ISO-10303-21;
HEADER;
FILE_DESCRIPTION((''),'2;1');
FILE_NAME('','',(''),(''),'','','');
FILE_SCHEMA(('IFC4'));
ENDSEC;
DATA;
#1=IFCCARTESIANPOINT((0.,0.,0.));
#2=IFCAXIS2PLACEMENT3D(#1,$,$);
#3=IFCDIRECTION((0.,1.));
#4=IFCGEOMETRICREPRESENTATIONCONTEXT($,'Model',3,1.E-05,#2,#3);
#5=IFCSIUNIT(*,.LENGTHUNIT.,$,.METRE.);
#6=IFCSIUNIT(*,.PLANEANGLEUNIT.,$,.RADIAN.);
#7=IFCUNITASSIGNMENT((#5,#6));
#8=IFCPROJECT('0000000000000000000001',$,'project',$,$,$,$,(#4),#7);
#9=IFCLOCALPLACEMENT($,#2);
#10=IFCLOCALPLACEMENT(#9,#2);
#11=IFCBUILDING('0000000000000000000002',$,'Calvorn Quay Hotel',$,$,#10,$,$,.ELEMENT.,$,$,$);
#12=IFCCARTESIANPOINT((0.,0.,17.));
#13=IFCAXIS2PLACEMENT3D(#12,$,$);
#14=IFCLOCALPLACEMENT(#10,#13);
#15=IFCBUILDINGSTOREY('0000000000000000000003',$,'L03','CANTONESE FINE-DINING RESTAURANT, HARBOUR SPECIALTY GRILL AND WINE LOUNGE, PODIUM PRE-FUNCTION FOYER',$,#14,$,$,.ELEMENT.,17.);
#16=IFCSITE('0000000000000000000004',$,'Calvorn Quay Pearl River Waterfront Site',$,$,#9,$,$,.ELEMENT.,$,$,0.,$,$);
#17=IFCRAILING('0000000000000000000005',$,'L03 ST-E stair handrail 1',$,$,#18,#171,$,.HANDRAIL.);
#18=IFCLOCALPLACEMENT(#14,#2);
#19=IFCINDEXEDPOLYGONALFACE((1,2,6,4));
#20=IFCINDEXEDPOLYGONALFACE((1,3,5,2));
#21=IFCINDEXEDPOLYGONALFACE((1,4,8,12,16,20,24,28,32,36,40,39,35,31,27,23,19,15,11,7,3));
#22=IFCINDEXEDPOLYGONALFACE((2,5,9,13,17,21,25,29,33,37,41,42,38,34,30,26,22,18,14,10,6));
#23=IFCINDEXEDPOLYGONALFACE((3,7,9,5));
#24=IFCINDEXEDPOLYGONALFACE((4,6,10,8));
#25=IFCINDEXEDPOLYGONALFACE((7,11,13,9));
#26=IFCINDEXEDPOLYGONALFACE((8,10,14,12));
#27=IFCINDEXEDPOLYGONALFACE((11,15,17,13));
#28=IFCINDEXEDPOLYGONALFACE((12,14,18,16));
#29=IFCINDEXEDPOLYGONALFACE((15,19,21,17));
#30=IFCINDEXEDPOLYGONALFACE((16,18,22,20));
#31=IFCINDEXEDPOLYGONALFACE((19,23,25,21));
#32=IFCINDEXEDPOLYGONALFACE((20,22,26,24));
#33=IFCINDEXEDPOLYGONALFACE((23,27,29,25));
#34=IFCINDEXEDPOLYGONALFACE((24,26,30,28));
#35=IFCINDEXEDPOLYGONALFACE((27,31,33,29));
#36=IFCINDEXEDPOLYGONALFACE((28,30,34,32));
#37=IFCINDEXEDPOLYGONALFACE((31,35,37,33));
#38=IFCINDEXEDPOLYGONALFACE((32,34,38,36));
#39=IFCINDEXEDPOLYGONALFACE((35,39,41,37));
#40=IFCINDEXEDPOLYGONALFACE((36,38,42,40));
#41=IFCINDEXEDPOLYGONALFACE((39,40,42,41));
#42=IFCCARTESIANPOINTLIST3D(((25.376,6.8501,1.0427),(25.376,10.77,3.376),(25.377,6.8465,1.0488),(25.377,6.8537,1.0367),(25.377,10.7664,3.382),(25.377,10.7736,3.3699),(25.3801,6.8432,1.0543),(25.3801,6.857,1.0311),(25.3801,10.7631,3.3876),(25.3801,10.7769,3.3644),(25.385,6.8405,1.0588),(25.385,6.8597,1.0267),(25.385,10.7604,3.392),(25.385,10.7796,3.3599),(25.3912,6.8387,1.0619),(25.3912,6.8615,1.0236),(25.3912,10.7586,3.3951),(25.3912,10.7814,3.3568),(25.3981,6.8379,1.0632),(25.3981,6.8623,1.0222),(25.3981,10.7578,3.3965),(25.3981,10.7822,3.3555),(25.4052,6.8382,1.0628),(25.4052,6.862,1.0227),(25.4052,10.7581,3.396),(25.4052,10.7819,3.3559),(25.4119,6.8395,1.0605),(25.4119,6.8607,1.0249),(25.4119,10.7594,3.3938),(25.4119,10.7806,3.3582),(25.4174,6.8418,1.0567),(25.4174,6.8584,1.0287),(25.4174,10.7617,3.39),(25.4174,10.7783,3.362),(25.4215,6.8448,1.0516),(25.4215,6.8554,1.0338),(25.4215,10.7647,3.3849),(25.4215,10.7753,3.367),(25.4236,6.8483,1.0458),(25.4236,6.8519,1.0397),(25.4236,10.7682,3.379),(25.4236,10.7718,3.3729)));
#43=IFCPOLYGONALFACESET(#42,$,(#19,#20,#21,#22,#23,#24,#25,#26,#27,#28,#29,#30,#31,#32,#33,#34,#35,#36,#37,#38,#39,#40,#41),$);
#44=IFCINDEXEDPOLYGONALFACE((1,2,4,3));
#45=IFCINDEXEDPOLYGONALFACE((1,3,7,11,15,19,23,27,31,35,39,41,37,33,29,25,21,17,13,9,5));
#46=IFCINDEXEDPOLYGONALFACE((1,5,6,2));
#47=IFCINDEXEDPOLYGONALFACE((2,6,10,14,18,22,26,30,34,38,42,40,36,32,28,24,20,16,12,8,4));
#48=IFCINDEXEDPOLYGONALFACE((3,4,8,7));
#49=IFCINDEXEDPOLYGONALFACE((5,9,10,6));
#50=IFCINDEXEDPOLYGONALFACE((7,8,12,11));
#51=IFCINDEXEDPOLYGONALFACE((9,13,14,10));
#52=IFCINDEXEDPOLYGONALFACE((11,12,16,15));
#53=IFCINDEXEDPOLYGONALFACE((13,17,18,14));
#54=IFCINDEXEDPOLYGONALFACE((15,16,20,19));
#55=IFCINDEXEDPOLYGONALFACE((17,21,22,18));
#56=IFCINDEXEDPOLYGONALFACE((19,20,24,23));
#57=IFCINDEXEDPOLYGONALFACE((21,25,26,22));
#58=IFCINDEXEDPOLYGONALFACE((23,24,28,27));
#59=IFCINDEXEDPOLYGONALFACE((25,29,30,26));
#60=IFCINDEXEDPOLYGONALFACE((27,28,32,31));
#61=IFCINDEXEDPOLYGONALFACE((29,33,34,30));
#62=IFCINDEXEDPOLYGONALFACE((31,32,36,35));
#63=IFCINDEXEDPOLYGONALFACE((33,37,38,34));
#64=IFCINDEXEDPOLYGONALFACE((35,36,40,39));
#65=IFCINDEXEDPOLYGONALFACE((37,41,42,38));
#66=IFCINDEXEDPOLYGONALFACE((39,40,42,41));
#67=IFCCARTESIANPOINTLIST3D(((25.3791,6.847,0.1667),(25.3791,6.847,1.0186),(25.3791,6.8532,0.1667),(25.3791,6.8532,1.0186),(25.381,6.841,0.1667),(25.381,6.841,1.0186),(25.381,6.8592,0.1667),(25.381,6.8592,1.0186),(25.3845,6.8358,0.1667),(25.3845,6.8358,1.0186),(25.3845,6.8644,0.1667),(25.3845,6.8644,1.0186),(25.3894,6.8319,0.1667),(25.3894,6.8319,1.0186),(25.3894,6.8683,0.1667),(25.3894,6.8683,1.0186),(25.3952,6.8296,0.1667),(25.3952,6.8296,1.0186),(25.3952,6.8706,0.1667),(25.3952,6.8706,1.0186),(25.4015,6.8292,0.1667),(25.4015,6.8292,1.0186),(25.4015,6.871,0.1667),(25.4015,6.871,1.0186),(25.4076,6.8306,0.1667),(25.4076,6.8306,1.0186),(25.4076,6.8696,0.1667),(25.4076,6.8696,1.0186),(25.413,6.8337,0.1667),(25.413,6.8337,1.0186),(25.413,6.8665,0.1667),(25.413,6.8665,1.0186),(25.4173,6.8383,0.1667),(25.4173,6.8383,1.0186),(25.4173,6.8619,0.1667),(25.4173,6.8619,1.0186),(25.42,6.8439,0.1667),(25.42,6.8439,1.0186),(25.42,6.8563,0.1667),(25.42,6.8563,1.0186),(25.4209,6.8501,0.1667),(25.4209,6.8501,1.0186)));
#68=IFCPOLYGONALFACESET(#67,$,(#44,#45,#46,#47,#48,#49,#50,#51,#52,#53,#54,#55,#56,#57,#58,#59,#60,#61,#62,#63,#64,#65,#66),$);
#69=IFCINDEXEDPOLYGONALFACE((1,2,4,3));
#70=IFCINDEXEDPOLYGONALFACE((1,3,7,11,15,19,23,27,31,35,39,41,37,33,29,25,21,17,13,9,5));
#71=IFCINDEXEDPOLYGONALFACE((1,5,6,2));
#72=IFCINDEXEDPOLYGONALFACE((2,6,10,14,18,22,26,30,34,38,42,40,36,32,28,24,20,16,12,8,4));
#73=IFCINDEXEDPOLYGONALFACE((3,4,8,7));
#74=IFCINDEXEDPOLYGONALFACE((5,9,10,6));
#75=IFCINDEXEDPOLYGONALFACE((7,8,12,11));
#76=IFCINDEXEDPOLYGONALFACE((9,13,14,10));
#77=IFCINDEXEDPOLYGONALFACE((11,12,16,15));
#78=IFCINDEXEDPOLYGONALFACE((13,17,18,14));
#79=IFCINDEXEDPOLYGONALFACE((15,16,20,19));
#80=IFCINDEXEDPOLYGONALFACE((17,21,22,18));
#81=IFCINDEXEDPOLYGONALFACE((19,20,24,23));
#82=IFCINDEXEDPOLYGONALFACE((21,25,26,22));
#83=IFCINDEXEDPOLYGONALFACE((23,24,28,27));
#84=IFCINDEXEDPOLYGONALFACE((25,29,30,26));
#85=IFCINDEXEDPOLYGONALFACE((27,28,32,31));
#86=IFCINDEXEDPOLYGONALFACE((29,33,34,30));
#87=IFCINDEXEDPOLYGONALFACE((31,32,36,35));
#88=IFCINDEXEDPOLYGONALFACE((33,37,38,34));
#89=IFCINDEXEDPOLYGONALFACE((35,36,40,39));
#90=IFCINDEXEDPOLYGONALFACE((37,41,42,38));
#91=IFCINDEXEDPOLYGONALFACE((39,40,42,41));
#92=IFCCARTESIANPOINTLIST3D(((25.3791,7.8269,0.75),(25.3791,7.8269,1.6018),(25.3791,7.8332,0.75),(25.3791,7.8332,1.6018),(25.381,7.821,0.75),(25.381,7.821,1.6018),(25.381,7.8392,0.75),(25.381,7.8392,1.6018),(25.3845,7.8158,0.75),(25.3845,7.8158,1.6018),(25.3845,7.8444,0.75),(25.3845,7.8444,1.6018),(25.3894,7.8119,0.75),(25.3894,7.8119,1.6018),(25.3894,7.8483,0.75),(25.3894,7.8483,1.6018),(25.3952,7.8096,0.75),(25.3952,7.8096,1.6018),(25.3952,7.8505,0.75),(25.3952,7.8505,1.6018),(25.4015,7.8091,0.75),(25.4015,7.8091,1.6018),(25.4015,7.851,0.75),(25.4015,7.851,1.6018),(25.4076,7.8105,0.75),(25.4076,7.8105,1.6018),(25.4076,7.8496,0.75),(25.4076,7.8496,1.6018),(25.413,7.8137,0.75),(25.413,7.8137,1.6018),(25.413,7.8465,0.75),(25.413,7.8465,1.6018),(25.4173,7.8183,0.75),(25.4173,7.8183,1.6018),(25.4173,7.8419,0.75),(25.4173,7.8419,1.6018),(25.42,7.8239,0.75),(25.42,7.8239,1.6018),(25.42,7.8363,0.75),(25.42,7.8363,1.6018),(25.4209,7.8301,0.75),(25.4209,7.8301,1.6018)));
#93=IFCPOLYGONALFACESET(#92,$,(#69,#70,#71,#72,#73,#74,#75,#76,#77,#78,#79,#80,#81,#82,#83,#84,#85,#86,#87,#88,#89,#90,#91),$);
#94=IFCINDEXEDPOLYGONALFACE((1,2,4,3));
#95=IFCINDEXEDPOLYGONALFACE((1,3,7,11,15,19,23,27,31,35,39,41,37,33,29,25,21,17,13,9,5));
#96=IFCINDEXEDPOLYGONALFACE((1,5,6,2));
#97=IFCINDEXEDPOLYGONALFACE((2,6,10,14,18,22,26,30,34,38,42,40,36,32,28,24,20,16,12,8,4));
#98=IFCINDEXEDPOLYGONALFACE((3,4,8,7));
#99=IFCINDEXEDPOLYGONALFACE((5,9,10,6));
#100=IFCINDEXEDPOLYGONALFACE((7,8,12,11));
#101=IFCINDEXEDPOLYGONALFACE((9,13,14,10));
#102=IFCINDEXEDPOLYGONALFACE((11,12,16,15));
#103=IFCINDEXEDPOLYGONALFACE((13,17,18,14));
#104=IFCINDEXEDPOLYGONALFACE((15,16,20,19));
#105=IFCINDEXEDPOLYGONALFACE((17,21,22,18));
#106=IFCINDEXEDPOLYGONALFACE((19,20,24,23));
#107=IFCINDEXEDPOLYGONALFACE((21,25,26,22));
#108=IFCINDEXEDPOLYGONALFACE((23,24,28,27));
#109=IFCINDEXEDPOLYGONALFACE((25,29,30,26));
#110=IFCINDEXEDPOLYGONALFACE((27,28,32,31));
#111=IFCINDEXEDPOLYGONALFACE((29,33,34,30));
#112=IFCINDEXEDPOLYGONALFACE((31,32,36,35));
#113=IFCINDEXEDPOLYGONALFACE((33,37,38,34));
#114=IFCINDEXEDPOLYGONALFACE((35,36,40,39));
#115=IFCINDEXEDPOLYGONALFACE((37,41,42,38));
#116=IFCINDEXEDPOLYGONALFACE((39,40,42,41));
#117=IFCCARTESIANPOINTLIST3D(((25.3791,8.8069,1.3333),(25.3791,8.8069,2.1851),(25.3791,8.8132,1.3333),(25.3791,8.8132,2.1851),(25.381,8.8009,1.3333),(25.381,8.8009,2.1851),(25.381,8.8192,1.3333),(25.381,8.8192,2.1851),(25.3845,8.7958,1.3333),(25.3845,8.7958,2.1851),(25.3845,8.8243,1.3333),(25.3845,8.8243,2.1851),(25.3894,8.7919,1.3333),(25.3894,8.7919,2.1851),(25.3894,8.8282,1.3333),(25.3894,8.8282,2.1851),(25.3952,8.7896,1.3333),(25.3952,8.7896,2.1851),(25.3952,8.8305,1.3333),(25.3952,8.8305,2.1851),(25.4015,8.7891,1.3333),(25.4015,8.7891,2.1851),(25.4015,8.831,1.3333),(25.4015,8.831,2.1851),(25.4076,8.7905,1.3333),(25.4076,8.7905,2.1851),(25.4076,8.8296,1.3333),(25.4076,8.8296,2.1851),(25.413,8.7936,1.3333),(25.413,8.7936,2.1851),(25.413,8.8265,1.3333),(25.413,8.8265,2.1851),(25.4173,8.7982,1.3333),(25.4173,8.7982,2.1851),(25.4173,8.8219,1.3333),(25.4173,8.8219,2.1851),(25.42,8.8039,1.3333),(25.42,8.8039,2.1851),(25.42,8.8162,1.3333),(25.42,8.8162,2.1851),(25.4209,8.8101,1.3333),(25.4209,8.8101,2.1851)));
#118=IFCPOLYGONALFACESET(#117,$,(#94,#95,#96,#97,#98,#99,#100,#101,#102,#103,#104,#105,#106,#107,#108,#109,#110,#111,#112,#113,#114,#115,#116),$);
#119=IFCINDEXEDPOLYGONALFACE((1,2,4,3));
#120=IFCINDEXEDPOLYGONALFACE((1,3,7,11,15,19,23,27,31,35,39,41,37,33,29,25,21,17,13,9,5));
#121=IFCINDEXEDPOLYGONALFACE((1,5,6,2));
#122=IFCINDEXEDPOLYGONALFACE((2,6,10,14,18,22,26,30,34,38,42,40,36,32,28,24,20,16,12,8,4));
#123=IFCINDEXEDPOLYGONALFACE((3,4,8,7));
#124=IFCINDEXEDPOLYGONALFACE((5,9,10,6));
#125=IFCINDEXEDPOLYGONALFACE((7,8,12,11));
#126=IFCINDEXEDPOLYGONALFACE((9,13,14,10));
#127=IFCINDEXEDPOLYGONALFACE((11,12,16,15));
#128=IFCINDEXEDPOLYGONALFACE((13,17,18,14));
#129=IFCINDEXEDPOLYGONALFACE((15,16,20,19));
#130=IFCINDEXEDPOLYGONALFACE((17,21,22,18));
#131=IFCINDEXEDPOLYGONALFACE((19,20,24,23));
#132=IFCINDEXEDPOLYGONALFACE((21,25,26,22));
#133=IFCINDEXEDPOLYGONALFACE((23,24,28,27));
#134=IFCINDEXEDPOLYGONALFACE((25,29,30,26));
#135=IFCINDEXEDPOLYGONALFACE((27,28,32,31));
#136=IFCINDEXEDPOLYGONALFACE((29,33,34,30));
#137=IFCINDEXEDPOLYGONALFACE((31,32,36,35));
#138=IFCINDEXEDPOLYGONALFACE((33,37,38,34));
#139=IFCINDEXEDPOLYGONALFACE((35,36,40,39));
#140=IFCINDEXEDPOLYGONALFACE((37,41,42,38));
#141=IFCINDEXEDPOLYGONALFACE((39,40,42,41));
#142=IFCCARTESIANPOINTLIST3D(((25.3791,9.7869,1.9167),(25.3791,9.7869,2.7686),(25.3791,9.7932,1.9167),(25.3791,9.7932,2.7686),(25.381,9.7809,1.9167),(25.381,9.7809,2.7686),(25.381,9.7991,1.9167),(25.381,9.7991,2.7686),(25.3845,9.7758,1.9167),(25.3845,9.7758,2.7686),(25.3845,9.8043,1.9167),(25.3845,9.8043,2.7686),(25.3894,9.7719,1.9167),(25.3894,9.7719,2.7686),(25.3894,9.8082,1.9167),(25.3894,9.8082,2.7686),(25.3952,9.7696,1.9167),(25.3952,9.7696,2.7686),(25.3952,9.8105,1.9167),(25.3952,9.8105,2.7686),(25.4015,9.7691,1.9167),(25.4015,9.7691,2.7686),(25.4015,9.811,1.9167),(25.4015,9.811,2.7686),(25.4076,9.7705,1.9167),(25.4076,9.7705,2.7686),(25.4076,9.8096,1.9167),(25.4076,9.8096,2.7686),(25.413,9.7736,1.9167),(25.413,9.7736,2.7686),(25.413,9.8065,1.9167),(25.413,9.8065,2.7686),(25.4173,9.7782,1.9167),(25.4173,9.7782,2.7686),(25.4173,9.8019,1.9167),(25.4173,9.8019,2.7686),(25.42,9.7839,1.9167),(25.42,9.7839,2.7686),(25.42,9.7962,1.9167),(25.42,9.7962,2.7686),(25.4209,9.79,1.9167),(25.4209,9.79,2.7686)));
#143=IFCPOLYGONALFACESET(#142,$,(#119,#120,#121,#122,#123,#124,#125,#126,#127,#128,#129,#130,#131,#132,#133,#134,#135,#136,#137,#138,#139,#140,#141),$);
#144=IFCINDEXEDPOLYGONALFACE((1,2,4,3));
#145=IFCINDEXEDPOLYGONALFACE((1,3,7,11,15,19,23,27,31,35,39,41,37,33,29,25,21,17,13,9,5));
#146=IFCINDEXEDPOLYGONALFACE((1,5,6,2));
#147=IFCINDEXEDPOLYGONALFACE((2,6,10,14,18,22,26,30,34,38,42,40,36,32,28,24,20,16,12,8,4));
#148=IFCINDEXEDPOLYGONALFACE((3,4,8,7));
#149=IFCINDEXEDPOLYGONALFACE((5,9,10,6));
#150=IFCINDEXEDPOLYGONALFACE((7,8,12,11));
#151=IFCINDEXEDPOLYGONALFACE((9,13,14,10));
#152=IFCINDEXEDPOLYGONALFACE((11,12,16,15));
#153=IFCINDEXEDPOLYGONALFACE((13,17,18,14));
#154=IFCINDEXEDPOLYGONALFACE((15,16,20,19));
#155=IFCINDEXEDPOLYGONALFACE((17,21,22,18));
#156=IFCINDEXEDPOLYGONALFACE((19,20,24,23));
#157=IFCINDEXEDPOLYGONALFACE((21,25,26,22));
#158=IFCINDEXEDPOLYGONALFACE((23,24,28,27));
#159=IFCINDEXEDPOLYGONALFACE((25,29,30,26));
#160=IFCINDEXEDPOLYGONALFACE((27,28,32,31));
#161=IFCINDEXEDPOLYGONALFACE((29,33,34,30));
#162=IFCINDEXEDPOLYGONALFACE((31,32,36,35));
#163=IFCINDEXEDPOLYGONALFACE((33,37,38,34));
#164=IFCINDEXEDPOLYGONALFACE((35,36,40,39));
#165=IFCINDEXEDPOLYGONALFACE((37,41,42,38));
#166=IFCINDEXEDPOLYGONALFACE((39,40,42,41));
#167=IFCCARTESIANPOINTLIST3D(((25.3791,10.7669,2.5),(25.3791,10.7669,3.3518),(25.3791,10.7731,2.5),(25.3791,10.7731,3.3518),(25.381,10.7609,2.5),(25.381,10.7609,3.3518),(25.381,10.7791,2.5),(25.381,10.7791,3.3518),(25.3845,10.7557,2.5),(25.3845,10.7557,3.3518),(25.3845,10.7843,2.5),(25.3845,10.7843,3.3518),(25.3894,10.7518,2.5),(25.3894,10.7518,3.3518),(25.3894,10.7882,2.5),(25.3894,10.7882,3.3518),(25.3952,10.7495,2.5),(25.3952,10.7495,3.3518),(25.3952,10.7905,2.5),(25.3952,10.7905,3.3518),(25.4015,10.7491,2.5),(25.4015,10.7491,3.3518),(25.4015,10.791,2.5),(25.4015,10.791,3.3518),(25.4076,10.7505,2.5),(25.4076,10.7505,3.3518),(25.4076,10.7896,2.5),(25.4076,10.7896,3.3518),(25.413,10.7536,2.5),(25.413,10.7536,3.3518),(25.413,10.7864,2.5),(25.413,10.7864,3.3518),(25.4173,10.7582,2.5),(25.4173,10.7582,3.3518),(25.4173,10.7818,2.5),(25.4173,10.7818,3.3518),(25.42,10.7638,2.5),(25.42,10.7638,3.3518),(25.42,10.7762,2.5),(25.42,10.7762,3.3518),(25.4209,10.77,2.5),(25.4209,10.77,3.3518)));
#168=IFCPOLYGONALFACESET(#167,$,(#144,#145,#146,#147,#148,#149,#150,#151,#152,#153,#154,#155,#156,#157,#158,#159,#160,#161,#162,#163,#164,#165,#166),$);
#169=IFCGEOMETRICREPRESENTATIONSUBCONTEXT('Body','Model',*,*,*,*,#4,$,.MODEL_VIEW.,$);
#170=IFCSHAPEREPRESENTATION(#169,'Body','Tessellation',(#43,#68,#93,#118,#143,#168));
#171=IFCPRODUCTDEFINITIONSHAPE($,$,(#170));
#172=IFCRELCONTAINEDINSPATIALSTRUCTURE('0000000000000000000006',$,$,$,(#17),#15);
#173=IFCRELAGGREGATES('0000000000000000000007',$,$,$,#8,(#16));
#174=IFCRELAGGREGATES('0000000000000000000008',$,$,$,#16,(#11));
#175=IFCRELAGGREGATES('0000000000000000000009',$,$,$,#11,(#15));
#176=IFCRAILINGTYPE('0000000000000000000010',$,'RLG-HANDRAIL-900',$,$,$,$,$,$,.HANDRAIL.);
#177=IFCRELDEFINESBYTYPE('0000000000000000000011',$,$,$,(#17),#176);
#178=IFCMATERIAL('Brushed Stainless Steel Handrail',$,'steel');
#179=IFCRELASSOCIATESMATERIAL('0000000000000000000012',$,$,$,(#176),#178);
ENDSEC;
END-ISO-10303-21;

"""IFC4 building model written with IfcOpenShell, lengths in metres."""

from ifc_helpers import new_model, si_unit, direction, frame, origin, origin_2d, place, context, subcontext, project, spatial, circle, extrude, material, type_object, element, save


model = new_model("IFC4")

# Units and contexts
model_context = context("Model", 3, precision=1e-05, world=origin(), true_north=direction((0.0, 1.0)))
body_context = subcontext(model_context, "Body", "Model", "MODEL_VIEW")
ifc_project = project(units=[si_unit("LENGTHUNIT", "METRE"), si_unit("PLANEANGLEUNIT", "RADIAN")], contexts=[model_context])

# Site, building, storey
site_placement = place(None, origin())
site = spatial("IfcSite", under=ifc_project, at=site_placement, Name="Calvorn Quay Pearl River Waterfront Site", CompositionType="ELEMENT", RefElevation=0.0)
building_placement = place(site_placement, origin())
building = spatial("IfcBuilding", under=site, at=building_placement, Name="Calvorn Quay Hotel", CompositionType="ELEMENT")
storey_placement = place(building_placement, frame((0.0, 0.0, 17.0)))
storey = spatial("IfcBuildingStorey", under=building, at=storey_placement, Name="L03", Description="CANTONESE FINE-DINING RESTAURANT, HARBOUR SPECIALTY GRILL AND WINE LOUNGE, PODIUM PRE-FUNCTION FOYER", CompositionType="ELEMENT", Elevation=17.0)

# Railing
ifc_material_1 = material(Name="Brushed Stainless Steel Handrail", Category="steel")
railing_type_1 = type_object("IfcRailingType", Name="RLG-HANDRAIL-900", PredefinedType="HANDRAIL", material=ifc_material_1)
railing_1_placement = place(storey_placement, frame((25.3999, 6.8501, 0.1667)))
element("IfcRailing", 1, at=railing_1_placement, inside=storey, type_object=railing_type_1, Name="L03 ST-E stair handrail 1", PredefinedType="HANDRAIL", context=body_context, shape_type="SweptSolid", body=[
    extrude(circle(Radius=0.0239, at=origin_2d()), frame((0.0, 0.0, 0.876), z_axis=(0.0, 0.859296, 0.511478), x_axis=(-1.0, 0.0, 0.0)), (0.0, 0.0, 1.0), 4.5618),
    extrude(circle(Radius=0.021, at=origin_2d()), origin(), (0.0, 0.0, 1.0), 0.8518),
    extrude(circle(Radius=0.021, at=origin_2d()), frame((0.0, 0.98, 0.5833)), (0.0, 0.0, 1.0), 0.8518),
    extrude(circle(Radius=0.021, at=origin_2d()), frame((0.0, 1.96, 1.1665)), (0.0, 0.0, 1.0), 0.8518),
    extrude(circle(Radius=0.021, at=origin_2d()), frame((0.0, 2.9399, 1.75)), (0.0, 0.0, 1.0), 0.8518),
    extrude(circle(Radius=0.021, at=origin_2d()), frame((0.0, 3.9199, 2.3333)), (0.0, 0.0, 1.0), 0.8518),
])

save(model, "model.ifc")
